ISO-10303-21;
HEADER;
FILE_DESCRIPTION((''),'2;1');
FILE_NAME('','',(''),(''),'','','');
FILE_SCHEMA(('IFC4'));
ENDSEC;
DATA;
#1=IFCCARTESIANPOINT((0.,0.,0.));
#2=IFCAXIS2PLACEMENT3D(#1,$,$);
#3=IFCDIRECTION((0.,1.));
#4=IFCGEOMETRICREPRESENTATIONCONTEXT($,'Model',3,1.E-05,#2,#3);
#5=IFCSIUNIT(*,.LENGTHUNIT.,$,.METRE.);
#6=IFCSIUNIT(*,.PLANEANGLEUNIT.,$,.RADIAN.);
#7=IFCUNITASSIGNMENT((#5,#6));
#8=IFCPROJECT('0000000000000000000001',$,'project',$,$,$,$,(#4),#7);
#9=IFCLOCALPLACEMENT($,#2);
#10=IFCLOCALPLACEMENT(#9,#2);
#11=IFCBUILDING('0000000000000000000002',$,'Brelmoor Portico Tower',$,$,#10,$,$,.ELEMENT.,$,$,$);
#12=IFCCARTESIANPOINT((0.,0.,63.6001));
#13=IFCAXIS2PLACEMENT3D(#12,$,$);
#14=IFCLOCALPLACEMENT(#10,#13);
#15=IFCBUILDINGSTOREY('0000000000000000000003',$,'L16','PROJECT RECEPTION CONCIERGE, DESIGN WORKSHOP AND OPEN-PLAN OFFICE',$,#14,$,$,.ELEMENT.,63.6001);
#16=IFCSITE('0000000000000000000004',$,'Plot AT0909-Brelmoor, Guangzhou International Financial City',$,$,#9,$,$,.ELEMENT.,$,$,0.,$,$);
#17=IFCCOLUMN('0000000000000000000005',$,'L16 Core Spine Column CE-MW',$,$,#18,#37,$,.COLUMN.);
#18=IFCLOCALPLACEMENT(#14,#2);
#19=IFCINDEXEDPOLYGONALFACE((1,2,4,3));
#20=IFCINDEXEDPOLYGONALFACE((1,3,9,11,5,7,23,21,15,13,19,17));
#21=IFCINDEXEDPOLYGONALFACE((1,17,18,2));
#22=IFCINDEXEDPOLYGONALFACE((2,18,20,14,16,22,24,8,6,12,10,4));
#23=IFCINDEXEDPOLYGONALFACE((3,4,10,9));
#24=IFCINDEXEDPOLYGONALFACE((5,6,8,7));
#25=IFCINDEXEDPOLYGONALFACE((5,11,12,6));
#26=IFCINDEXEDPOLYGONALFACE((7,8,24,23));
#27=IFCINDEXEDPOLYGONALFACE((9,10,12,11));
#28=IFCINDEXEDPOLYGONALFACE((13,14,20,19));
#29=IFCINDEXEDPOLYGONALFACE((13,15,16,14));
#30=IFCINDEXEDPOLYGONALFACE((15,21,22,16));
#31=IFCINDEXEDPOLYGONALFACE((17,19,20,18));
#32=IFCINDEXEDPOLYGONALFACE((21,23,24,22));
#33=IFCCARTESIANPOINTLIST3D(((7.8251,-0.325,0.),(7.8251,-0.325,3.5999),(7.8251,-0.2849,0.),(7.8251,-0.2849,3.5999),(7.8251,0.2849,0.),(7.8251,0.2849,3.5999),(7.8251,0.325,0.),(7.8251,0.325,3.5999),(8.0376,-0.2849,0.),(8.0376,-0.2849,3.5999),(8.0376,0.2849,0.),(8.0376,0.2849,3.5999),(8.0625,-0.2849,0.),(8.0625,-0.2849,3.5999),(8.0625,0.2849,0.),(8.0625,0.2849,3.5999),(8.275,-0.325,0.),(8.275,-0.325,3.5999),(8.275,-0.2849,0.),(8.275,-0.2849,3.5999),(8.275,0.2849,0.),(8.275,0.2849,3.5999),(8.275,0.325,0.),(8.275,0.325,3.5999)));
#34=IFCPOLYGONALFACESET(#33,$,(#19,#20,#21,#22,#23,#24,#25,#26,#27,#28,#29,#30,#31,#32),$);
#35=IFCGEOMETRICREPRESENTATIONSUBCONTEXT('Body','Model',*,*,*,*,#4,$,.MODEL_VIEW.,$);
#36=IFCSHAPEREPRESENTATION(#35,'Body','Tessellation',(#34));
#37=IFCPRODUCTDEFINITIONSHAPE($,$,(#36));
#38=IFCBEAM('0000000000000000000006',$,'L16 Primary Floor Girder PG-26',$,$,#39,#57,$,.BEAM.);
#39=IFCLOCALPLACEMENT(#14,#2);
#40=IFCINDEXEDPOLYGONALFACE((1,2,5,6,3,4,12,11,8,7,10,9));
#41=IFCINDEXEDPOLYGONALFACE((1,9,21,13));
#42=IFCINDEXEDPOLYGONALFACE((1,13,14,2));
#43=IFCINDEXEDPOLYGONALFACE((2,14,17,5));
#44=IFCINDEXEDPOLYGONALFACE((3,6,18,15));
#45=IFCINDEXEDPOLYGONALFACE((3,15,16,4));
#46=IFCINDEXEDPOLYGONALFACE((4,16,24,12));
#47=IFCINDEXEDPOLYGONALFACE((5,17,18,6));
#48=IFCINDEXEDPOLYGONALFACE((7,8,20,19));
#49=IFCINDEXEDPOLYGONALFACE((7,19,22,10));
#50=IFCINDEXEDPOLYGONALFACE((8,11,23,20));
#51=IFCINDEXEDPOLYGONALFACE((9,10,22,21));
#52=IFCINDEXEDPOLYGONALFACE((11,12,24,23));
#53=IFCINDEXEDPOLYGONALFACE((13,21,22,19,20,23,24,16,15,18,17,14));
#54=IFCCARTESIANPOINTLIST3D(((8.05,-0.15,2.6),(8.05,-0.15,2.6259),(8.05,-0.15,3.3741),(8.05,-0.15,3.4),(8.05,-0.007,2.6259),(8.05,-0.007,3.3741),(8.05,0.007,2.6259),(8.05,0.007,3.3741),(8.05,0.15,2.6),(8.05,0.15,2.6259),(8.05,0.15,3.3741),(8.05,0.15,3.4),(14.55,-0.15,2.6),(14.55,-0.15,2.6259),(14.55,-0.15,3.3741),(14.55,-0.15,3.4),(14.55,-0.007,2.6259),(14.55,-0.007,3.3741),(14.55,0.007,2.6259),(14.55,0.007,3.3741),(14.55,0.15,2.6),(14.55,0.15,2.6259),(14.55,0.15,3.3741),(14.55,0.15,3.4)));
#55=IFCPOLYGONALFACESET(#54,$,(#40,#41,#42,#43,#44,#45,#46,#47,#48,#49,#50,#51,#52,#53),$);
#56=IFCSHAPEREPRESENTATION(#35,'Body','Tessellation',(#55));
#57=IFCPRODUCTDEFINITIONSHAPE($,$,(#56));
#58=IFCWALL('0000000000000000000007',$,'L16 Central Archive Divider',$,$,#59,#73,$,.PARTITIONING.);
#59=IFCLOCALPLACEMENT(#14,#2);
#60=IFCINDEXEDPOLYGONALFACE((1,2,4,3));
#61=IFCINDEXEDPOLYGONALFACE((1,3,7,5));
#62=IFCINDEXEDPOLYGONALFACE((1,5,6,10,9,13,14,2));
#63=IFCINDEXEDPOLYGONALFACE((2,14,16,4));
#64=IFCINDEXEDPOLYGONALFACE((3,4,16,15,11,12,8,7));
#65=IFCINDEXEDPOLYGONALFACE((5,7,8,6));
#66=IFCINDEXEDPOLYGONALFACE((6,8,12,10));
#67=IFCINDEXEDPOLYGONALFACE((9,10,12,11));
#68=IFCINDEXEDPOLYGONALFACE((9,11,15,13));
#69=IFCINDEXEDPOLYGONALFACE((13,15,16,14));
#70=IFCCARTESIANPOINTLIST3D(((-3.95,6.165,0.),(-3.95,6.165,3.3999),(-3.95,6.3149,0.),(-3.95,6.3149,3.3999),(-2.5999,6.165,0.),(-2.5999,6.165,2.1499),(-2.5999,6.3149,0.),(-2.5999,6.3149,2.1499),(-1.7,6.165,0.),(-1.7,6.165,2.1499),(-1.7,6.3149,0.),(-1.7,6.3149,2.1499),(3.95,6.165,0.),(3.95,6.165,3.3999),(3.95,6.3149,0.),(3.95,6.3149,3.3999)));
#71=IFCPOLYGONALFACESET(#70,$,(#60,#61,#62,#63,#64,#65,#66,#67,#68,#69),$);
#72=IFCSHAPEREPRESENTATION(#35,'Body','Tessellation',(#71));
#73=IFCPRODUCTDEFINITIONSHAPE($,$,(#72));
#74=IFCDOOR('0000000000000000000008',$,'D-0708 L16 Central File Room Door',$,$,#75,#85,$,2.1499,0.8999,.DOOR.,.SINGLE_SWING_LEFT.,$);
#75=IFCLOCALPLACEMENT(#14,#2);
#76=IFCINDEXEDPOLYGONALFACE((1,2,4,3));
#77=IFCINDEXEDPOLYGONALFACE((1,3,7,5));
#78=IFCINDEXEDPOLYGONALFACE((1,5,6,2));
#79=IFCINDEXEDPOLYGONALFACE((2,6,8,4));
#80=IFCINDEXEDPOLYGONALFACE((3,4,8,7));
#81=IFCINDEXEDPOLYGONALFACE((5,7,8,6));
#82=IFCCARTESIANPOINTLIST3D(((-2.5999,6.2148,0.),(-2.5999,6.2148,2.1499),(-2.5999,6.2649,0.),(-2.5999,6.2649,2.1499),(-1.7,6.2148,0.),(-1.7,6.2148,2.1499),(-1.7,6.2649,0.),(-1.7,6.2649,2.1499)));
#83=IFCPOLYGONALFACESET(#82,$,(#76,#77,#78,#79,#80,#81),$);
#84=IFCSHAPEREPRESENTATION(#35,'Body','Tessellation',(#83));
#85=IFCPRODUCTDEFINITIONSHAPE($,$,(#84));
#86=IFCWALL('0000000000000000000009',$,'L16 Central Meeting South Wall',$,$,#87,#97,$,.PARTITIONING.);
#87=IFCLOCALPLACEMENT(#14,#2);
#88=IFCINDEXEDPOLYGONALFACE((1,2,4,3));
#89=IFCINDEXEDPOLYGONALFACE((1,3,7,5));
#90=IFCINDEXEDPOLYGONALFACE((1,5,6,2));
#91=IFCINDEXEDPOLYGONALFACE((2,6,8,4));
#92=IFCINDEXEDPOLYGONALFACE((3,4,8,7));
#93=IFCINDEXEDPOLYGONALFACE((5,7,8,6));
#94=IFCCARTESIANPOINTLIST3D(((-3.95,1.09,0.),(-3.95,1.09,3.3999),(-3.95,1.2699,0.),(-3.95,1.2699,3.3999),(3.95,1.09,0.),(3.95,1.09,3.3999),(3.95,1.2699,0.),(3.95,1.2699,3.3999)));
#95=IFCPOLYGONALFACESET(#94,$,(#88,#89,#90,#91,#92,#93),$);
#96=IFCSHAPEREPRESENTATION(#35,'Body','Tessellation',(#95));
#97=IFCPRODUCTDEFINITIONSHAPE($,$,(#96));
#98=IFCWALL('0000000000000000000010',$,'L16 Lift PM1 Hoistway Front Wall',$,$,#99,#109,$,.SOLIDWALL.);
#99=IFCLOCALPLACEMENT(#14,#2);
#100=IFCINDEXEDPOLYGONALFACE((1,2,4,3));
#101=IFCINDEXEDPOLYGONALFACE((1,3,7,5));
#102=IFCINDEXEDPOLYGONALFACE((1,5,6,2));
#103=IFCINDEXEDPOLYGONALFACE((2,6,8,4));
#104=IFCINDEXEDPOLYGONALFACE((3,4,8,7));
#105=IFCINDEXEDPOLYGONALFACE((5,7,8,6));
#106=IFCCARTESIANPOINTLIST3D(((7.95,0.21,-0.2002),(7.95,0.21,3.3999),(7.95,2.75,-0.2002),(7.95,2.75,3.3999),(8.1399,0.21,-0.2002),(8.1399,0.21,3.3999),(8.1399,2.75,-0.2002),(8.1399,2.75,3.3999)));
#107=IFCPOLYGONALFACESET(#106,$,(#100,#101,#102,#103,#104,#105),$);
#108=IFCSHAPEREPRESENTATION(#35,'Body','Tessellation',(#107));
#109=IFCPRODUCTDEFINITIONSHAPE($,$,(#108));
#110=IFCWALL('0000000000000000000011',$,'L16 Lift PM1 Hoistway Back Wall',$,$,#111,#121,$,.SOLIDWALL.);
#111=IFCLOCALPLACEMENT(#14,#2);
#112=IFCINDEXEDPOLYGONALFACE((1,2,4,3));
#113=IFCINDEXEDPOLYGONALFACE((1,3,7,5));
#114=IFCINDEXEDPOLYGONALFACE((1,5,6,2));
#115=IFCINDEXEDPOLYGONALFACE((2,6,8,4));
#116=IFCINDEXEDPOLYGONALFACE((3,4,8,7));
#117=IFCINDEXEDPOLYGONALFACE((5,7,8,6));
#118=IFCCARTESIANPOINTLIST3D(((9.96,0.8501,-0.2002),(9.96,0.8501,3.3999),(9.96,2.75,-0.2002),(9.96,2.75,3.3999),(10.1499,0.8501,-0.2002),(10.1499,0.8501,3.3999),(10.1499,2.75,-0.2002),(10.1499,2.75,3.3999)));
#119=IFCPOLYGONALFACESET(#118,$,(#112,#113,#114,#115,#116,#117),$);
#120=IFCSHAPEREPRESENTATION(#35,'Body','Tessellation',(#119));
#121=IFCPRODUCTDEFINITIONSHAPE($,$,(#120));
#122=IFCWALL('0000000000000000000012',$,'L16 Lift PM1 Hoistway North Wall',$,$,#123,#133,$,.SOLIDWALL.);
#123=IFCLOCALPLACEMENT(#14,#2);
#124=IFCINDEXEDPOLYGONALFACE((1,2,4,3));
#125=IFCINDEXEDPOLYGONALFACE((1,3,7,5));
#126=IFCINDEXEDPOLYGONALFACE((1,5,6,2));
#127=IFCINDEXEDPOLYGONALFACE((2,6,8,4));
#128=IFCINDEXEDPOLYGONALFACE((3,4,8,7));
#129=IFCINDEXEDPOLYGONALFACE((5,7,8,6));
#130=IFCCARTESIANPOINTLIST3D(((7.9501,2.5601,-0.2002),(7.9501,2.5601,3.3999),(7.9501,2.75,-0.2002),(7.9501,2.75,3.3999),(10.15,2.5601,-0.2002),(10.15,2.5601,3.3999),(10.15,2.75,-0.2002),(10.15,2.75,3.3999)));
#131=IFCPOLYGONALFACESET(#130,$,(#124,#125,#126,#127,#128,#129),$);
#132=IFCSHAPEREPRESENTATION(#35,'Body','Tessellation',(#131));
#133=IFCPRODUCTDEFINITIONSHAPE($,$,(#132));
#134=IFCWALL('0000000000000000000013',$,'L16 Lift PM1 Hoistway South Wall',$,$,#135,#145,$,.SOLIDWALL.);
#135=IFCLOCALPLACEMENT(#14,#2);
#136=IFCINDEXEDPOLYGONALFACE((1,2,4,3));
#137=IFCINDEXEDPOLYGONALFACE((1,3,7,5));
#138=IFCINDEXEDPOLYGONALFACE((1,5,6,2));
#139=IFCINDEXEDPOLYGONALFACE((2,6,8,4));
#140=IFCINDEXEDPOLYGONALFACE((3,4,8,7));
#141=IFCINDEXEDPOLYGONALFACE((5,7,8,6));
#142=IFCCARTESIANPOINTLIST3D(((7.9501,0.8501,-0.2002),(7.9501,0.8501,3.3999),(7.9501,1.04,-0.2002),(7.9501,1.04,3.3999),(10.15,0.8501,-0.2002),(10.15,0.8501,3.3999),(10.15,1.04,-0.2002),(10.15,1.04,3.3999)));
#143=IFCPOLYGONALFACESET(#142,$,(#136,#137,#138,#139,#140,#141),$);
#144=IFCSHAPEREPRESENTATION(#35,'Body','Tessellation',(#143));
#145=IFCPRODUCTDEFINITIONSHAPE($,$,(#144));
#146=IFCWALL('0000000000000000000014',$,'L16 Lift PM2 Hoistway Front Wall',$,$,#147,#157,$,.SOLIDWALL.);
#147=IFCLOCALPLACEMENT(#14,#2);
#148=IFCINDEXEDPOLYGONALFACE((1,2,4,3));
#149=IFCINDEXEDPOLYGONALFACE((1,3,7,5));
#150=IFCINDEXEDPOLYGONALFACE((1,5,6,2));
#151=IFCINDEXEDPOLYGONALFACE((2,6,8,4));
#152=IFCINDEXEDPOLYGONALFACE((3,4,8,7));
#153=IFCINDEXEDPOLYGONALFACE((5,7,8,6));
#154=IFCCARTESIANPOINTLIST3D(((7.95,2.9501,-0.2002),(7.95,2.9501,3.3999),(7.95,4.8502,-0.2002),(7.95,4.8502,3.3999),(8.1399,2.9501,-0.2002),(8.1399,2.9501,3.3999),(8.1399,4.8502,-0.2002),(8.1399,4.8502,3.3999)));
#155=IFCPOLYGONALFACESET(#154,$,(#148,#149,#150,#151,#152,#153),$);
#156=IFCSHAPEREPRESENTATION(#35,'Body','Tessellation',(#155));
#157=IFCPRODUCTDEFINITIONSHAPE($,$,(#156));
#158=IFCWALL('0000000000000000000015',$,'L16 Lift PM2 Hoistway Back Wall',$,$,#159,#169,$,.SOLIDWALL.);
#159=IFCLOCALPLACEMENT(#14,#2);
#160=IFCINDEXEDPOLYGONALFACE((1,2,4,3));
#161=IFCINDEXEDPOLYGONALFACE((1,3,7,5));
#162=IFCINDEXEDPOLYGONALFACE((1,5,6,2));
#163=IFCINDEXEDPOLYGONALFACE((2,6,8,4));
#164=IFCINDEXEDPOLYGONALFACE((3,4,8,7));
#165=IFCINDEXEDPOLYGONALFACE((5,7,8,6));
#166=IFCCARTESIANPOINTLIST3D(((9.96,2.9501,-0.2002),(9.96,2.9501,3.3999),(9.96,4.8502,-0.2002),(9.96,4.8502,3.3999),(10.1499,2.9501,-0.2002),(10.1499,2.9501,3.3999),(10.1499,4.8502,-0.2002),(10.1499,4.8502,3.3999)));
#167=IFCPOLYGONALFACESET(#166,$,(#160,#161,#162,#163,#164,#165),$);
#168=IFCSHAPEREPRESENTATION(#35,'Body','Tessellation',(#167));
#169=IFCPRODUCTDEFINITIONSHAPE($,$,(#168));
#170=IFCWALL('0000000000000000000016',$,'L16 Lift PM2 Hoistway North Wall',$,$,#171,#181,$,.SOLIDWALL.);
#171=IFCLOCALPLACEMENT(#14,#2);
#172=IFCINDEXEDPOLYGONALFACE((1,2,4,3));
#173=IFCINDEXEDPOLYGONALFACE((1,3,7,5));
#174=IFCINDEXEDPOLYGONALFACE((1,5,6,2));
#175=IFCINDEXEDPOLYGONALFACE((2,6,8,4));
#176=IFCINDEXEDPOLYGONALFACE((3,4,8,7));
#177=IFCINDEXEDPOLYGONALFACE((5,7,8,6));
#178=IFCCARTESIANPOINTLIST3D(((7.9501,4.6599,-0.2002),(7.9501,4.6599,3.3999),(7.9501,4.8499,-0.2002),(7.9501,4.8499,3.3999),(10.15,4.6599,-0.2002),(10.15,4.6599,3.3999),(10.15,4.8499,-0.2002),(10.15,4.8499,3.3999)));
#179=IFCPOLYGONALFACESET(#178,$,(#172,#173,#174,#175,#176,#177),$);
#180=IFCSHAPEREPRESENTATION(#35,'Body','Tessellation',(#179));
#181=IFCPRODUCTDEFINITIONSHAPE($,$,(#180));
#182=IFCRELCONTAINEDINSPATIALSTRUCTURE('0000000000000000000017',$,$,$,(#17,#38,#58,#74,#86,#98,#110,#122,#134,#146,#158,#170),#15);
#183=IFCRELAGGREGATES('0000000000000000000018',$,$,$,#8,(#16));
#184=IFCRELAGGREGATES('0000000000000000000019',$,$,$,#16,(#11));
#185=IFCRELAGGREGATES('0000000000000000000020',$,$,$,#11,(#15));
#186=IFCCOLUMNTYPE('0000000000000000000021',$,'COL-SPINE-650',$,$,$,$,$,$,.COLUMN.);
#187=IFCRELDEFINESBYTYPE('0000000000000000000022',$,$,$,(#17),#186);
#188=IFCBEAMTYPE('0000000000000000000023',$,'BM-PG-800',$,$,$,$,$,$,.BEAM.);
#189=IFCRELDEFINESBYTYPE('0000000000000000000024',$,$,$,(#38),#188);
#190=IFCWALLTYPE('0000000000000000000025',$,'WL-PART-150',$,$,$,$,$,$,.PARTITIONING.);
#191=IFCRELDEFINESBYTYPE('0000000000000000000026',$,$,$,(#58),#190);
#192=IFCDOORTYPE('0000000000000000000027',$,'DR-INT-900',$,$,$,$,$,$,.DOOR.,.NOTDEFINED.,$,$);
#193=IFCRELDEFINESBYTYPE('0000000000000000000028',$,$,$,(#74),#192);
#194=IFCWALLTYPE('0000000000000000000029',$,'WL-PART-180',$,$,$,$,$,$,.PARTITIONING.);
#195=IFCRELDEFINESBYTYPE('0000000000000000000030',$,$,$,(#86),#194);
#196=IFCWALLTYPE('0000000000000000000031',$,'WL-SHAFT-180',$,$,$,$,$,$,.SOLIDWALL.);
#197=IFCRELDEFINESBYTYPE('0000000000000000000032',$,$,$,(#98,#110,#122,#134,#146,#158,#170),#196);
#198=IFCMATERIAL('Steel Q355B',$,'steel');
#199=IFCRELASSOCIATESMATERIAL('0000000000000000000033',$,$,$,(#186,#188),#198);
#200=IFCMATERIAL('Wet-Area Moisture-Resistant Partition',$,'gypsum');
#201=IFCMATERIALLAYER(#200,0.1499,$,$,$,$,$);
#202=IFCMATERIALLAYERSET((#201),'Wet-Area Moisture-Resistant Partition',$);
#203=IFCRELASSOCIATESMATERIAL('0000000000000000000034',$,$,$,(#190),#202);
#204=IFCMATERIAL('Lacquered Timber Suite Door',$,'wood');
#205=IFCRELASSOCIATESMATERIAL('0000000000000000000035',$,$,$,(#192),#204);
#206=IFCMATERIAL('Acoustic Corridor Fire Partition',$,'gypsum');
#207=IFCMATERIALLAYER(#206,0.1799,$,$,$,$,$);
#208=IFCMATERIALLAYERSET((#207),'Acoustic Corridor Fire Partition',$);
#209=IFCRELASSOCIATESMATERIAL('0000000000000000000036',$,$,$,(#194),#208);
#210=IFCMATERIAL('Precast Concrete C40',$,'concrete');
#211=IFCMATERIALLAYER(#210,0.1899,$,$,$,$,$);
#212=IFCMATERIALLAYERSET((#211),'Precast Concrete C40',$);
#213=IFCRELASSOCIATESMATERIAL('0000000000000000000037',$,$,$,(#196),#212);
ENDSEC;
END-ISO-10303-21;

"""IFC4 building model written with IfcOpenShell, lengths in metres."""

from ifc_helpers import new_model, si_unit, direction, frame, frame_2d, origin, origin_2d, place, context, subcontext, project, spatial, rectangle, i_section, extrude, material, layer, layer_set, material_profile, profile_set, type_object, element, fill, save


model = new_model("IFC4")

# Units and contexts
model_context = context("Model", 3, precision=1e-05, world=origin(), true_north=direction((0.0, 1.0)))
body_context = subcontext(model_context, "Body", "Model", "MODEL_VIEW")
ifc_project = project(units=[si_unit("LENGTHUNIT", "METRE"), si_unit("PLANEANGLEUNIT", "RADIAN")], contexts=[model_context])

# Site, building, storey
site_placement = place(None, origin())
site = spatial("IfcSite", under=ifc_project, at=site_placement, Name="Plot AT0909-Brelmoor, Guangzhou International Financial City", CompositionType="ELEMENT", RefElevation=0.0)
building_placement = place(site_placement, origin())
building = spatial("IfcBuilding", under=site, at=building_placement, Name="Brelmoor Portico Tower", CompositionType="ELEMENT")
storey_placement = place(building_placement, frame((0.0, 0.0, 63.6001)))
storey = spatial("IfcBuildingStorey", under=building, at=storey_placement, Name="L16", Description="PROJECT RECEPTION CONCIERGE, DESIGN WORKSHOP AND OPEN-PLAN OFFICE", CompositionType="ELEMENT", Elevation=63.6001)

# Column
ifc_material_1 = material(Name="Steel Q355B", Category="steel")
ifc_material_profile_1 = material_profile(ifc_material_1, i_section(OverallWidth=0.45, OverallDepth=0.6499, WebThickness=0.0249, FlangeThickness=0.04, at=origin_2d()), Name="HW 650x450x25x40")
ifc_profile_set_1 = profile_set([ifc_material_profile_1], Name="Steel Q355B")
column_type = type_object("IfcColumnType", Name="COL-SPINE-650", PredefinedType="COLUMN", material=ifc_profile_set_1)
column_placement = place(storey_placement, frame((8.05, 0.0, 0.0), z_axis=(0.0, 0.0, 1.0), x_axis=(1.0, 0.0, 0.0)))
element("IfcColumn", 1, at=column_placement, inside=storey, type_object=column_type, Name="L16 Core Spine Column CE-MW", PredefinedType="COLUMN", context=body_context, shape_type="SweptSolid", body=[
    extrude(i_section(OverallWidth=0.45, OverallDepth=0.6499, WebThickness=0.0249, FlangeThickness=0.04, at=origin_2d()), origin(), (0.0, 0.0, 1.0), 3.5999),
])

# Beam
ifc_material_profile_2 = material_profile(ifc_material_1, i_section(OverallWidth=0.3, OverallDepth=0.8, WebThickness=0.0139, FlangeThickness=0.0259, at=origin_2d()), Name="HN 800x300x14x26")
ifc_profile_set_2 = profile_set([ifc_material_profile_2], Name="Steel Q355B")
beam_type = type_object("IfcBeamType", Name="BM-PG-800", PredefinedType="BEAM", material=ifc_profile_set_2)
beam_placement = place(storey_placement, frame((8.05, 0.0, 3.0), z_axis=(1.0, 0.0, 0.0), x_axis=(0.0, 1.0, 0.0)))
element("IfcBeam", 2, at=beam_placement, inside=storey, type_object=beam_type, Name="L16 Primary Floor Girder PG-26", PredefinedType="BEAM", context=body_context, shape_type="SweptSolid", body=[
    extrude(i_section(OverallWidth=0.3, OverallDepth=0.8, WebThickness=0.0139, FlangeThickness=0.0259, at=origin_2d()), origin(), (0.0, 0.0, 1.0), 6.5),
])

# Wall, opening, door
ifc_material_2 = material(Name="Wet-Area Moisture-Resistant Partition", Category="gypsum")
ifc_layer_1 = layer(ifc_material_2, 0.1499)
ifc_layer_set_1 = layer_set([ifc_layer_1], Name="Wet-Area Moisture-Resistant Partition")
wall_type_1 = type_object("IfcWallType", Name="WL-PART-150", PredefinedType="PARTITIONING", material=ifc_layer_set_1)
wall_1_placement = place(storey_placement, frame((-3.95, 6.24, 0.0), z_axis=(0.0, 0.0, 1.0), x_axis=(1.0, 0.0, 0.0)))
wall_1 = element("IfcWall", 3, at=wall_1_placement, inside=storey, type_object=wall_type_1, Name="L16 Central Archive Divider", PredefinedType="PARTITIONING", context=body_context, shape_type="SweptSolid", body=[
    extrude(rectangle(XDim=7.8999, YDim=0.1499, at=frame_2d((3.95, 0.0))), origin(), (0.0, 0.0, 1.0), 3.3999),
])
opening_1_placement = place(wall_1_placement, frame((1.3501, 0.0, 0.0)))
opening_1 = element("IfcOpeningElement", 4, at=opening_1_placement, cuts=wall_1, PredefinedType="OPENING", context=body_context, shape_type="SweptSolid", body=[
    extrude(rectangle(XDim=0.8999, YDim=2.1499, at=frame_2d((0.45, 1.075))), frame((0.0, 0.085, 0.0), z_axis=(0.0, -1.0, 0.0), x_axis=(1.0, 0.0, 0.0)), (0.0, 0.0, 1.0), 0.1699),
])
ifc_material_3 = material(Name="Lacquered Timber Suite Door", Category="wood")
door_type_1 = type_object("IfcDoorType", Name="DR-INT-900", OperationType="NOTDEFINED", PredefinedType="DOOR", material=ifc_material_3)
door_1_placement = place(opening_1_placement, origin())
door_1 = element("IfcDoor", 5, at=door_1_placement, inside=storey, type_object=door_type_1, Name="D-0708 L16 Central File Room Door", OperationType="SINGLE_SWING_LEFT", OverallHeight=2.1499, OverallWidth=0.8999, PredefinedType="DOOR", context=body_context, shape_type="SweptSolid", body=[
    extrude(rectangle(XDim=0.8999, YDim=2.1499, at=frame_2d((0.45, 1.075))), frame((0.0, 0.0249, 0.0), z_axis=(0.0, -1.0, 0.0), x_axis=(1.0, 0.0, 0.0)), (0.0, 0.0, 1.0), 0.05),
])
fill(opening_1, door_1)

# Walls
ifc_material_4 = material(Name="Acoustic Corridor Fire Partition", Category="gypsum")
ifc_layer_2 = layer(ifc_material_4, 0.1799)
ifc_layer_set_2 = layer_set([ifc_layer_2], Name="Acoustic Corridor Fire Partition")
wall_type_2 = type_object("IfcWallType", Name="WL-PART-180", PredefinedType="PARTITIONING", material=ifc_layer_set_2)
wall_2_placement = place(storey_placement, frame((-3.95, 1.1799, 0.0), z_axis=(0.0, 0.0, 1.0), x_axis=(1.0, 0.0, 0.0)))
element("IfcWall", 6, at=wall_2_placement, inside=storey, type_object=wall_type_2, Name="L16 Central Meeting South Wall", PredefinedType="PARTITIONING", context=body_context, shape_type="SweptSolid", body=[
    extrude(rectangle(XDim=7.8999, YDim=0.1799, at=frame_2d((3.95, 0.0))), origin(), (0.0, 0.0, 1.0), 3.3999),
])
ifc_material_5 = material(Name="Precast Concrete C40", Category="concrete")
ifc_layer_3 = layer(ifc_material_5, 0.1899)
ifc_layer_set_3 = layer_set([ifc_layer_3], Name="Precast Concrete C40")
wall_type_3 = type_object("IfcWallType", Name="WL-SHAFT-180", PredefinedType="SOLIDWALL", material=ifc_layer_set_3)
wall_3_placement = place(storey_placement, frame((8.0449, 0.21, -0.2002), z_axis=(0.0, 0.0, 1.0), x_axis=(0.0, 1.0, 0.0)))
element("IfcWall", 7, at=wall_3_placement, inside=storey, type_object=wall_type_3, Name="L16 Lift PM1 Hoistway Front Wall", PredefinedType="SOLIDWALL", context=body_context, shape_type="SweptSolid", body=[
    extrude(rectangle(XDim=2.54, YDim=0.1899, at=frame_2d((1.27, 0.0))), origin(), (0.0, 0.0, 1.0), 3.6001),
])
wall_4_placement = place(storey_placement, frame((10.0549, 0.8501, -0.2002), z_axis=(0.0, 0.0, 1.0), x_axis=(0.0, 1.0, 0.0)))
element("IfcWall", 8, at=wall_4_placement, inside=storey, type_object=wall_type_3, Name="L16 Lift PM1 Hoistway Back Wall", PredefinedType="SOLIDWALL", context=body_context, shape_type="SweptSolid", body=[
    extrude(rectangle(XDim=1.8999, YDim=0.1899, at=frame_2d((0.95, 0.0))), origin(), (0.0, 0.0, 1.0), 3.6001),
])
for number, where, z_axis, x_axis, name in (
    (9, (7.95, 2.655, -0.2002), (0.0, 0.0, 1.0), (1.0, 0.0, 0.0), "L16 Lift PM1 Hoistway North Wall"),
    (10, (7.95, 0.9451, -0.2002), (0.0, 0.0, 1.0), (1.0, 0.0, 0.0), "L16 Lift PM1 Hoistway South Wall"),
):
    element("IfcWall", number, at=place(storey_placement, frame(where, z_axis=z_axis, x_axis=x_axis)), inside=storey, type_object=wall_type_3, Name=name, PredefinedType="SOLIDWALL", context=body_context, shape_type="SweptSolid", body=[
        extrude(rectangle(XDim=2.2, YDim=0.1899, at=frame_2d((1.1001, 0.0))), origin(), (0.0, 0.0, 1.0), 3.6001),
    ])
for number, where, z_axis, x_axis, name in (
    (11, (8.0449, 2.95, -0.2002), (0.0, 0.0, 1.0), (0.0, 1.0, 0.0), "L16 Lift PM2 Hoistway Front Wall"),
    (12, (10.0549, 2.95, -0.2002), (0.0, 0.0, 1.0), (0.0, 1.0, 0.0), "L16 Lift PM2 Hoistway Back Wall"),
):
    element("IfcWall", number, at=place(storey_placement, frame(where, z_axis=z_axis, x_axis=x_axis)), inside=storey, type_object=wall_type_3, Name=name, PredefinedType="SOLIDWALL", context=body_context, shape_type="SweptSolid", body=[
        extrude(rectangle(XDim=1.9001, YDim=0.1899, at=frame_2d((0.9502, 0.0))), origin(), (0.0, 0.0, 1.0), 3.6001),
    ])
for number, where, z_axis, x_axis, name in (
    (13, (7.95, 4.7549, -0.2002), (0.0, 0.0, 1.0), (1.0, 0.0, 0.0), "L16 Lift PM2 Hoistway North Wall"),
):
    element("IfcWall", number, at=place(storey_placement, frame(where, z_axis=z_axis, x_axis=x_axis)), inside=storey, type_object=wall_type_3, Name=name, PredefinedType="SOLIDWALL", context=body_context, shape_type="SweptSolid", body=[
        extrude(rectangle(XDim=2.2, YDim=0.1899, at=frame_2d((1.1001, 0.0))), origin(), (0.0, 0.0, 1.0), 3.6001),
    ])

save(model, "model.ifc")
